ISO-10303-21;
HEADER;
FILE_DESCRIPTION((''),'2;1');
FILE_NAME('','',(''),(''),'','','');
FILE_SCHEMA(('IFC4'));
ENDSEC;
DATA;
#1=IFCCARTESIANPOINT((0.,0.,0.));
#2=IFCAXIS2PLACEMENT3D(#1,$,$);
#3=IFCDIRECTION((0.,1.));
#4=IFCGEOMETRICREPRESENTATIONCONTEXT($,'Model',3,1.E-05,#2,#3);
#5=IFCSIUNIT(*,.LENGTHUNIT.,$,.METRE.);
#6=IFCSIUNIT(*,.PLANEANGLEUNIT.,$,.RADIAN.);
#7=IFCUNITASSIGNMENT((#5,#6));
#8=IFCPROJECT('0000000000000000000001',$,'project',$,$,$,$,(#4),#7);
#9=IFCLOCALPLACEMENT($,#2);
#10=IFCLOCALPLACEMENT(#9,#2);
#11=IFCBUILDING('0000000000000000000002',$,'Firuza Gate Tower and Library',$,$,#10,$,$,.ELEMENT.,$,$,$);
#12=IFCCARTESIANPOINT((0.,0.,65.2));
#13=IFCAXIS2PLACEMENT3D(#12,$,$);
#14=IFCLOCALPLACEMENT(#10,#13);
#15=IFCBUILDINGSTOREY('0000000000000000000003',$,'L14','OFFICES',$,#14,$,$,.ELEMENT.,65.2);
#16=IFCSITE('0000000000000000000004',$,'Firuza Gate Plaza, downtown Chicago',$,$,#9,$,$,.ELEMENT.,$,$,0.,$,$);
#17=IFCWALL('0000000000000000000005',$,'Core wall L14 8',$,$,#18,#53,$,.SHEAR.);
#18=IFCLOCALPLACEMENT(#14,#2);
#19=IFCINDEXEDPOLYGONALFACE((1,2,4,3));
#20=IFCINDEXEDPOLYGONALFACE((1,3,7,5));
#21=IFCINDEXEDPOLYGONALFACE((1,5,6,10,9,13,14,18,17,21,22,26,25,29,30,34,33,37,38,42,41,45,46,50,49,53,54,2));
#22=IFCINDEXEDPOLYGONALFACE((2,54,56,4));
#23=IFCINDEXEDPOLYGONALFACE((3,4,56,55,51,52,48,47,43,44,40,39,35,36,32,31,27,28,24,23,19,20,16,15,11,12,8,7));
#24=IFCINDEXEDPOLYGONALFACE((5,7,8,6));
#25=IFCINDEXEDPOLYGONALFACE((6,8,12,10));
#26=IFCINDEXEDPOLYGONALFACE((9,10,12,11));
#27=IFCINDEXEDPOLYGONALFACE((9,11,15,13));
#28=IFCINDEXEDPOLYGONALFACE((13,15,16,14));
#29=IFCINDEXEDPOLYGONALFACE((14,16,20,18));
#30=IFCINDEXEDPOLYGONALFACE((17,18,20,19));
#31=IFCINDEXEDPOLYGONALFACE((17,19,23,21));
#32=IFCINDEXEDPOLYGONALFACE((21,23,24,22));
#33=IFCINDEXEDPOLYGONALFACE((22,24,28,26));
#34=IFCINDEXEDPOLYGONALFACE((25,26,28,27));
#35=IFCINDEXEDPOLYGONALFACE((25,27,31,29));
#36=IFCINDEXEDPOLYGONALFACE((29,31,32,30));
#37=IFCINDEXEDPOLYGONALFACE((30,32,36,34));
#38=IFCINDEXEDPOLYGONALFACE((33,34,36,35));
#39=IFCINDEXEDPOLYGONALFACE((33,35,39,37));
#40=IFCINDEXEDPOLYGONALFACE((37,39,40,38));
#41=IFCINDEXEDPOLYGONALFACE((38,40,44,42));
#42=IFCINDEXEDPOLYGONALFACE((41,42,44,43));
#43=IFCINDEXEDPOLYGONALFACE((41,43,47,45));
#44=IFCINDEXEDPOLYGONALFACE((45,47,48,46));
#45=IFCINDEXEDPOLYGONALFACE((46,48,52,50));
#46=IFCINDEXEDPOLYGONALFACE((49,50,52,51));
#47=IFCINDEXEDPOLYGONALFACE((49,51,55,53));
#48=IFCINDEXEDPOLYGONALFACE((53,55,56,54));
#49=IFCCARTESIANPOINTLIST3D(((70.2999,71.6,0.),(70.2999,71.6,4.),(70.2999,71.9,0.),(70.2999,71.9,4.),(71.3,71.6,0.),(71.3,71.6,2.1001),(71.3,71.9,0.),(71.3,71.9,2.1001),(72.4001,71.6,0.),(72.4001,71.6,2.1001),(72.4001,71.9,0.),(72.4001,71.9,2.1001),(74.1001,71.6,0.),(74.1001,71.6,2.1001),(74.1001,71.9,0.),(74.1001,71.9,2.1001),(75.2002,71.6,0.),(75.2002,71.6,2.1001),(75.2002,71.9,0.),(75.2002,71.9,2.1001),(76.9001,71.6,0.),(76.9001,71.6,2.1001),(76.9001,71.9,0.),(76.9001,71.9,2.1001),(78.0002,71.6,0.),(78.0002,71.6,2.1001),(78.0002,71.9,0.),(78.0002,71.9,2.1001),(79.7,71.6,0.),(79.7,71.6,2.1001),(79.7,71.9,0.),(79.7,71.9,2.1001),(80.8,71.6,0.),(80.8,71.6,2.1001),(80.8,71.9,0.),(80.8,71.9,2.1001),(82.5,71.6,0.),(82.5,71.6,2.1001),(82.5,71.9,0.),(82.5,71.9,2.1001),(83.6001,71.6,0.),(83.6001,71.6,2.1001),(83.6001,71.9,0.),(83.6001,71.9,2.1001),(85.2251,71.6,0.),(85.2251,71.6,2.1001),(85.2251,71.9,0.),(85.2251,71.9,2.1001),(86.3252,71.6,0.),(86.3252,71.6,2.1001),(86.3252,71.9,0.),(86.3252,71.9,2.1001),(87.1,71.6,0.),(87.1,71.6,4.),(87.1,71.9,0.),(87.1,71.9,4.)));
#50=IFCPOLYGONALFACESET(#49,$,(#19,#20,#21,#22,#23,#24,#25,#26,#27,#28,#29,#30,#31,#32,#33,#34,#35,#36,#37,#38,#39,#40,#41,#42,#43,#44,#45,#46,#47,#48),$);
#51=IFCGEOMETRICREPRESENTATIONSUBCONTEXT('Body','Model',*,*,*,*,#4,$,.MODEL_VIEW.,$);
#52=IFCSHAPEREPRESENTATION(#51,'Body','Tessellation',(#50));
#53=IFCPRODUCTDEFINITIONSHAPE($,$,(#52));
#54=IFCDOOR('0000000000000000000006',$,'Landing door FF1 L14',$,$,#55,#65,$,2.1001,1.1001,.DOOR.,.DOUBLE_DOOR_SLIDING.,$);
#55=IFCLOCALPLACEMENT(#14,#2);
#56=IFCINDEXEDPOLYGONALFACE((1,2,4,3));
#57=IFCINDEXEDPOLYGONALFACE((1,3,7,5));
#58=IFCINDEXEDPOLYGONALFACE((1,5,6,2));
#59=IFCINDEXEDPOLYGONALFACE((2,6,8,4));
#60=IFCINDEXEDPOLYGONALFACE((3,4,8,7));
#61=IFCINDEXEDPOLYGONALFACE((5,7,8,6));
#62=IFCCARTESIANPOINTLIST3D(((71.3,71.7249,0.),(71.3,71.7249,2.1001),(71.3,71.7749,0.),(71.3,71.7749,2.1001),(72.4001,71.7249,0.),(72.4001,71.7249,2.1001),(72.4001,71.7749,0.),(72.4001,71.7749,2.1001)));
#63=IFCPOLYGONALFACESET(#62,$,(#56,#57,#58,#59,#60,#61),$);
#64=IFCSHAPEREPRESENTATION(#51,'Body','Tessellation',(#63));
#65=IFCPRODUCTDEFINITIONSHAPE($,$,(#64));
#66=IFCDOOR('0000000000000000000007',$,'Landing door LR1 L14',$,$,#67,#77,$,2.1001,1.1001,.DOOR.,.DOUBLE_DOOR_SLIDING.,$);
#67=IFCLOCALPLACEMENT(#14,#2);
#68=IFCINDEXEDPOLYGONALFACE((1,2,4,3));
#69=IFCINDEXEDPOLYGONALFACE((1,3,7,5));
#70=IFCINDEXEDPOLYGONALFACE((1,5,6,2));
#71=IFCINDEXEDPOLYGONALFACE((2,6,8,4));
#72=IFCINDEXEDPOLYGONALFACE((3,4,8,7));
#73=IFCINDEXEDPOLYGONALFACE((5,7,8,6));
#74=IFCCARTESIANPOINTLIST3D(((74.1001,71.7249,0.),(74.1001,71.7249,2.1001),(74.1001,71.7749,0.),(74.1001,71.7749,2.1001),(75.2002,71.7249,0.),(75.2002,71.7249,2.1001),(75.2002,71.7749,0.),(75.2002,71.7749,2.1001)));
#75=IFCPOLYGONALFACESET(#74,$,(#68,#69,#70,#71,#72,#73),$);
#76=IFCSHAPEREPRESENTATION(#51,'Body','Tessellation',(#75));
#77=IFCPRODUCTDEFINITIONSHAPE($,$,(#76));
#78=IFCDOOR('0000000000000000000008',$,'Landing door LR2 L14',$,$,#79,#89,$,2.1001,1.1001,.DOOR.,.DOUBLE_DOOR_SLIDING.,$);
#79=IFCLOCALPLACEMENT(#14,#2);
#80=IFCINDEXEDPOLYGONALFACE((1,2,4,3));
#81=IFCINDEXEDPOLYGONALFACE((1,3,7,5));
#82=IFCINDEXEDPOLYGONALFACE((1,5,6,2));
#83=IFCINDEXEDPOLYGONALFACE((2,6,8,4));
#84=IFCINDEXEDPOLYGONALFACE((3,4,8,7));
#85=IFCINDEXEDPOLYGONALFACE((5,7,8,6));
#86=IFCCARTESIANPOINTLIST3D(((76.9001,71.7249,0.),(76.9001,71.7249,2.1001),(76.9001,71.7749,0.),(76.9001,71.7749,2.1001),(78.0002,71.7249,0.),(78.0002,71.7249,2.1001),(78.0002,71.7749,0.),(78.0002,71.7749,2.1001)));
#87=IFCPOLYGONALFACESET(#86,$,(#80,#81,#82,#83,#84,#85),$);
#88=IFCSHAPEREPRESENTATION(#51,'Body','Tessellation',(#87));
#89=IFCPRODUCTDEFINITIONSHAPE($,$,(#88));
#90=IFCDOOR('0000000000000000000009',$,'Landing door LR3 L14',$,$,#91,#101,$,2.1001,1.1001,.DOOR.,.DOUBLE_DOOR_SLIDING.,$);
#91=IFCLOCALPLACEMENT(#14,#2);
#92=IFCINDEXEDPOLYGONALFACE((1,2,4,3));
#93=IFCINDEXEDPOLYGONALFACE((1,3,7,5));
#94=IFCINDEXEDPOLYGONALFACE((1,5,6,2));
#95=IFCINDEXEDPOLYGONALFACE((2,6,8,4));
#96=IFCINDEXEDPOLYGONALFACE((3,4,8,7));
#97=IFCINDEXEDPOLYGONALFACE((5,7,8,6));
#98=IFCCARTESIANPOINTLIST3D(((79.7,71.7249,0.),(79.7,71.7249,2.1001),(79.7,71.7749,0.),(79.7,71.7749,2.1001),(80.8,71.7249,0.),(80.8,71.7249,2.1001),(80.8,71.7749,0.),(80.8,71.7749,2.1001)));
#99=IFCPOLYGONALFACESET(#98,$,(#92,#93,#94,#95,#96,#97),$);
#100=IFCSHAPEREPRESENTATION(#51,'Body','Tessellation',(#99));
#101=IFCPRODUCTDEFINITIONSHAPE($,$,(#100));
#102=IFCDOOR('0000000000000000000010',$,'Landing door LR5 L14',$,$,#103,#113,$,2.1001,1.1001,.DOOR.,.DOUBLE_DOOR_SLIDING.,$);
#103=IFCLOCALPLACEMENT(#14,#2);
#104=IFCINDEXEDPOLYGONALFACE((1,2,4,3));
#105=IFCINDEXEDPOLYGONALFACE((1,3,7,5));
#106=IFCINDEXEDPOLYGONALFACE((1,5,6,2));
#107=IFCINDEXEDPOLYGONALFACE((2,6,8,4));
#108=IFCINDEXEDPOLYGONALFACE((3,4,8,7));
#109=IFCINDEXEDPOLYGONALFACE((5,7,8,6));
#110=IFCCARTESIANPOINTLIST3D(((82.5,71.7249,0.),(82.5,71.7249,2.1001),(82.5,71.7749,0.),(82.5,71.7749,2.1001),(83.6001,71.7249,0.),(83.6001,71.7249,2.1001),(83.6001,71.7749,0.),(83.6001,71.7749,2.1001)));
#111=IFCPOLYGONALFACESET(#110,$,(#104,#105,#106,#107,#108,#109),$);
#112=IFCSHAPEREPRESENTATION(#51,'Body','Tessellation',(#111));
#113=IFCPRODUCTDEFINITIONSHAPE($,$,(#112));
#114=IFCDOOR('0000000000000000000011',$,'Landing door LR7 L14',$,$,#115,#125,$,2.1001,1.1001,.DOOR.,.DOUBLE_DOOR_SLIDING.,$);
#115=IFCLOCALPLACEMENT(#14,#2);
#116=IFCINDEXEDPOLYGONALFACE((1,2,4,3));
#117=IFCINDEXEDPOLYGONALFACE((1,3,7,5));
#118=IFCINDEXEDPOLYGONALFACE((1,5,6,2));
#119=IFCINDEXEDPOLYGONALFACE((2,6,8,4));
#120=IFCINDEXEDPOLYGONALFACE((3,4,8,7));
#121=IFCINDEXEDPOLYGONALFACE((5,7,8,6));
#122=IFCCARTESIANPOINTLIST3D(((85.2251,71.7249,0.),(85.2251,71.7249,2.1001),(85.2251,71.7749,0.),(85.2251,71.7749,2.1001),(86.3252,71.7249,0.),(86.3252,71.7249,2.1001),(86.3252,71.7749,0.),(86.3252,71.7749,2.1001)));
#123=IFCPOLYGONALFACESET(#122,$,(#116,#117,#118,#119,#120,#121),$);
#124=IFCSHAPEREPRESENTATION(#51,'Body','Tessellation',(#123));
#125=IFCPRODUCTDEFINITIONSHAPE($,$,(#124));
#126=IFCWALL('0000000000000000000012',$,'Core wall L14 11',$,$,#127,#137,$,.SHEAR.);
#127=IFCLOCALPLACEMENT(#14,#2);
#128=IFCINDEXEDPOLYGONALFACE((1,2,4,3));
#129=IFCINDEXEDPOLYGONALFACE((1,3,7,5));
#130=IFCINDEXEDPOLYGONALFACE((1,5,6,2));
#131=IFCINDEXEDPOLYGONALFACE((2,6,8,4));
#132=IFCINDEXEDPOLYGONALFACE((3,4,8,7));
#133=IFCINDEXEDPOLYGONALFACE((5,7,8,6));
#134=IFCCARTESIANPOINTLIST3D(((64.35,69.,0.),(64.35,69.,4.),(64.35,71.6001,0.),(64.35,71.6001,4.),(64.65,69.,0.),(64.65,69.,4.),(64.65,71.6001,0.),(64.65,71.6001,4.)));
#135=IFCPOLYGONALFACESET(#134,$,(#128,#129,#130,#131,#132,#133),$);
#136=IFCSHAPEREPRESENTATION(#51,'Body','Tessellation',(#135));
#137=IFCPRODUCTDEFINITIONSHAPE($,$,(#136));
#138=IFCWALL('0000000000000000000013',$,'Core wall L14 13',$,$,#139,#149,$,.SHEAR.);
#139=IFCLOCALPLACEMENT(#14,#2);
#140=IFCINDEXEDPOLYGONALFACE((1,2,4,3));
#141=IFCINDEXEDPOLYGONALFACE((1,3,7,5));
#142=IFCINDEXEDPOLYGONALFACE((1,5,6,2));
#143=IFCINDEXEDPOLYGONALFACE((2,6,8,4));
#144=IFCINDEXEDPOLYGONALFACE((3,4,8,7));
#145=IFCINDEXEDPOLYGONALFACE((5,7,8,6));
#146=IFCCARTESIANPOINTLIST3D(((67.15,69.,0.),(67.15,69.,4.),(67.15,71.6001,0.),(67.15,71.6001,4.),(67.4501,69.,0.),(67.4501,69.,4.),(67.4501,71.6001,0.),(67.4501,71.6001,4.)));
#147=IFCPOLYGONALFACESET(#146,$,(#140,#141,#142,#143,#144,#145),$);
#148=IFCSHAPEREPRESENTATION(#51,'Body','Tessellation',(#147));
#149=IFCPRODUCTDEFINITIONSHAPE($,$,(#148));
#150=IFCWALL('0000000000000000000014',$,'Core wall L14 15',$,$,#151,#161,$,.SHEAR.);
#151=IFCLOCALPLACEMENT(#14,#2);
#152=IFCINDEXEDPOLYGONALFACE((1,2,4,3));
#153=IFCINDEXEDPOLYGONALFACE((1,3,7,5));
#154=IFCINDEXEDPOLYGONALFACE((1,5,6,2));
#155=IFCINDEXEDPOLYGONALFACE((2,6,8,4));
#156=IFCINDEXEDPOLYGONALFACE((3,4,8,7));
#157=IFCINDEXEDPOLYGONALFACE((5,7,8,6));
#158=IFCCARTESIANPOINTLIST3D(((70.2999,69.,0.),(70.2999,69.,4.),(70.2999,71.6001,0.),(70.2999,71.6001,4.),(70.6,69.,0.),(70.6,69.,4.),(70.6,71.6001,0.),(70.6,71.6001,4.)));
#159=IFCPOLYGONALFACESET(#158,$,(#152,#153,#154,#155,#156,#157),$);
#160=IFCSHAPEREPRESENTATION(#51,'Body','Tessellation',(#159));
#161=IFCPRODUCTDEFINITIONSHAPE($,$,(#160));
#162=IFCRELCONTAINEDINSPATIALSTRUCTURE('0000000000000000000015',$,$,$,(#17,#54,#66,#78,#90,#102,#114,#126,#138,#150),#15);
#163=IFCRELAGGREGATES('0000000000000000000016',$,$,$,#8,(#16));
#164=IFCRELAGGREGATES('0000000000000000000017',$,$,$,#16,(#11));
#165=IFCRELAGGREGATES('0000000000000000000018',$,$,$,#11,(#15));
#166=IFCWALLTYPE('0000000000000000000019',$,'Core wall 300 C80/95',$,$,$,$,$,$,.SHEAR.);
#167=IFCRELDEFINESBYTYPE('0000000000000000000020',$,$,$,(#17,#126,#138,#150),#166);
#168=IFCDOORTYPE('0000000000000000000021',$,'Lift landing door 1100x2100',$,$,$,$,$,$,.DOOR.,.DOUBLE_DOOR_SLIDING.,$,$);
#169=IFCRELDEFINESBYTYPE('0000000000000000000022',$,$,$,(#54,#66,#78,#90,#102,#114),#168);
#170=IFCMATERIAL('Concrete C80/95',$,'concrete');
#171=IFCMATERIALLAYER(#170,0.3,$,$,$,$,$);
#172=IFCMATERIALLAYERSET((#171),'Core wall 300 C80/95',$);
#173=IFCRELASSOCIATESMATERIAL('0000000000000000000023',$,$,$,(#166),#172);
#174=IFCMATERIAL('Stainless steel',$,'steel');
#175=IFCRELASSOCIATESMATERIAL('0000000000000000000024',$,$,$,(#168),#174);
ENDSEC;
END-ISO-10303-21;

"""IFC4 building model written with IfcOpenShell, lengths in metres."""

from ifc_helpers import new_model, si_unit, direction, frame, frame_2d, origin, place, context, subcontext, project, spatial, rectangle, extrude, material, layer, layer_set, type_object, element, fill, save


model = new_model("IFC4")

# Units and contexts
model_context = context("Model", 3, precision=1e-05, world=origin(), true_north=direction((0.0, 1.0)))
body_context = subcontext(model_context, "Body", "Model", "MODEL_VIEW")
ifc_project = project(units=[si_unit("LENGTHUNIT", "METRE"), si_unit("PLANEANGLEUNIT", "RADIAN")], contexts=[model_context])

# Site, building, storey
site_placement = place(None, origin())
site = spatial("IfcSite", under=ifc_project, at=site_placement, Name="Firuza Gate Plaza, downtown Chicago", CompositionType="ELEMENT", RefElevation=0.0)
building_placement = place(site_placement, origin())
building = spatial("IfcBuilding", under=site, at=building_placement, Name="Firuza Gate Tower and Library", CompositionType="ELEMENT")
storey_placement = place(building_placement, frame((0.0, 0.0, 65.2)))
storey = spatial("IfcBuildingStorey", under=building, at=storey_placement, Name="L14", Description="OFFICES", CompositionType="ELEMENT", Elevation=65.2)

# Shared definitions
ifc_material_1 = material(Name="Concrete C80/95", Category="concrete")
ifc_layer_1 = layer(ifc_material_1, 0.3)
ifc_layer_set_1 = layer_set([ifc_layer_1], Name="Core wall 300 C80/95")
wall_type_1 = type_object("IfcWallType", Name="Core wall 300 C80/95", PredefinedType="SHEAR", material=ifc_layer_set_1)

# Wall, openings, doors
wall_1_placement = place(storey_placement, frame((70.3, 71.75, 0.0), z_axis=(0.0, 0.0, 1.0), x_axis=(1.0, 0.0, 0.0)))
wall_1 = element("IfcWall", 1, at=wall_1_placement, inside=storey, type_object=wall_type_1, Name="Core wall L14 8", PredefinedType="SHEAR", context=body_context, shape_type="SweptSolid", body=[
    extrude(rectangle(XDim=16.8, YDim=0.3, at=frame_2d((8.3999, 0.0))), origin(), (0.0, 0.0, 1.0), 4.0),
])
opening_1_placement = place(wall_1_placement, frame((1.0, 0.0, 0.0)))
opening_1 = element("IfcOpeningElement", 2, at=opening_1_placement, cuts=wall_1, PredefinedType="OPENING", context=body_context, shape_type="SweptSolid", body=[
    extrude(rectangle(XDim=1.1001, YDim=2.1001, at=frame_2d((0.55, 1.05))), frame((0.0, 0.1602, 0.0), z_axis=(0.0, -1.0, 0.0), x_axis=(1.0, 0.0, 0.0)), (0.0, 0.0, 1.0), 0.3201),
])
opening_2_placement = place(wall_1_placement, frame((3.8, 0.0, 0.0)))
opening_2 = element("IfcOpeningElement", 3, at=opening_2_placement, cuts=wall_1, PredefinedType="OPENING", context=body_context, shape_type="SweptSolid", body=[
    extrude(rectangle(XDim=1.1001, YDim=2.1001, at=frame_2d((0.55, 1.05))), frame((0.0, 0.1602, 0.0), z_axis=(0.0, -1.0, 0.0), x_axis=(1.0, 0.0, 0.0)), (0.0, 0.0, 1.0), 0.3201),
])
opening_3_placement = place(wall_1_placement, frame((6.6001, 0.0, 0.0)))
opening_3 = element("IfcOpeningElement", 4, at=opening_3_placement, cuts=wall_1, PredefinedType="OPENING", context=body_context, shape_type="SweptSolid", body=[
    extrude(rectangle(XDim=1.1001, YDim=2.1001, at=frame_2d((0.55, 1.05))), frame((0.0, 0.1602, 0.0), z_axis=(0.0, -1.0, 0.0), x_axis=(1.0, 0.0, 0.0)), (0.0, 0.0, 1.0), 0.3201),
])
opening_4_placement = place(wall_1_placement, frame((9.3999, 0.0, 0.0)))
opening_4 = element("IfcOpeningElement", 5, at=opening_4_placement, cuts=wall_1, PredefinedType="OPENING", context=body_context, shape_type="SweptSolid", body=[
    extrude(rectangle(XDim=1.1001, YDim=2.1001, at=frame_2d((0.55, 1.05))), frame((0.0, 0.1602, 0.0), z_axis=(0.0, -1.0, 0.0), x_axis=(1.0, 0.0, 0.0)), (0.0, 0.0, 1.0), 0.3201),
])
opening_5_placement = place(wall_1_placement, frame((12.2, 0.0, 0.0)))
opening_5 = element("IfcOpeningElement", 6, at=opening_5_placement, cuts=wall_1, PredefinedType="OPENING", context=body_context, shape_type="SweptSolid", body=[
    extrude(rectangle(XDim=1.1001, YDim=2.1001, at=frame_2d((0.55, 1.05))), frame((0.0, 0.1602, 0.0), z_axis=(0.0, -1.0, 0.0), x_axis=(1.0, 0.0, 0.0)), (0.0, 0.0, 1.0), 0.3201),
])
opening_6_placement = place(wall_1_placement, frame((14.925, 0.0, 0.0)))
opening_6 = element("IfcOpeningElement", 7, at=opening_6_placement, cuts=wall_1, PredefinedType="OPENING", context=body_context, shape_type="SweptSolid", body=[
    extrude(rectangle(XDim=1.1001, YDim=2.1001, at=frame_2d((0.55, 1.05))), frame((0.0, 0.1602, 0.0), z_axis=(0.0, -1.0, 0.0), x_axis=(1.0, 0.0, 0.0)), (0.0, 0.0, 1.0), 0.3201),
])
ifc_material_2 = material(Name="Stainless steel", Category="steel")
door_type_1 = type_object("IfcDoorType", Name="Lift landing door 1100x2100", OperationType="DOUBLE_DOOR_SLIDING", PredefinedType="DOOR", material=ifc_material_2)
door_1_placement = place(opening_1_placement, origin())
door_1 = element("IfcDoor", 8, at=door_1_placement, inside=storey, type_object=door_type_1, Name="Landing door FF1 L14", OperationType="DOUBLE_DOOR_SLIDING", OverallHeight=2.1001, OverallWidth=1.1001, PredefinedType="DOOR", context=body_context, shape_type="SweptSolid", body=[
    extrude(rectangle(XDim=1.1001, YDim=2.1001, at=frame_2d((0.55, 1.05))), frame((0.0, 0.0249, 0.0), z_axis=(0.0, -1.0, 0.0), x_axis=(1.0, 0.0, 0.0)), (0.0, 0.0, 1.0), 0.05),
])
fill(opening_1, door_1)
door_2_placement = place(opening_2_placement, origin())
door_2 = element("IfcDoor", 9, at=door_2_placement, inside=storey, type_object=door_type_1, Name="Landing door LR1 L14", OperationType="DOUBLE_DOOR_SLIDING", OverallHeight=2.1001, OverallWidth=1.1001, PredefinedType="DOOR", context=body_context, shape_type="SweptSolid", body=[
    extrude(rectangle(XDim=1.1001, YDim=2.1001, at=frame_2d((0.55, 1.05))), frame((0.0, 0.0249, 0.0), z_axis=(0.0, -1.0, 0.0), x_axis=(1.0, 0.0, 0.0)), (0.0, 0.0, 1.0), 0.05),
])
fill(opening_2, door_2)
door_3_placement = place(opening_3_placement, origin())
door_3 = element("IfcDoor", 10, at=door_3_placement, inside=storey, type_object=door_type_1, Name="Landing door LR2 L14", OperationType="DOUBLE_DOOR_SLIDING", OverallHeight=2.1001, OverallWidth=1.1001, PredefinedType="DOOR", context=body_context, shape_type="SweptSolid", body=[
    extrude(rectangle(XDim=1.1001, YDim=2.1001, at=frame_2d((0.55, 1.05))), frame((0.0, 0.0249, 0.0), z_axis=(0.0, -1.0, 0.0), x_axis=(1.0, 0.0, 0.0)), (0.0, 0.0, 1.0), 0.05),
])
fill(opening_3, door_3)
door_4_placement = place(opening_4_placement, origin())
door_4 = element("IfcDoor", 11, at=door_4_placement, inside=storey, type_object=door_type_1, Name="Landing door LR3 L14", OperationType="DOUBLE_DOOR_SLIDING", OverallHeight=2.1001, OverallWidth=1.1001, PredefinedType="DOOR", context=body_context, shape_type="SweptSolid", body=[
    extrude(rectangle(XDim=1.1001, YDim=2.1001, at=frame_2d((0.55, 1.05))), frame((0.0, 0.0249, 0.0), z_axis=(0.0, -1.0, 0.0), x_axis=(1.0, 0.0, 0.0)), (0.0, 0.0, 1.0), 0.05),
])
fill(opening_4, door_4)
door_5_placement = place(opening_5_placement, origin())
door_5 = element("IfcDoor", 12, at=door_5_placement, inside=storey, type_object=door_type_1, Name="Landing door LR5 L14", OperationType="DOUBLE_DOOR_SLIDING", OverallHeight=2.1001, OverallWidth=1.1001, PredefinedType="DOOR", context=body_context, shape_type="SweptSolid", body=[
    extrude(rectangle(XDim=1.1001, YDim=2.1001, at=frame_2d((0.55, 1.05))), frame((0.0, 0.0249, 0.0), z_axis=(0.0, -1.0, 0.0), x_axis=(1.0, 0.0, 0.0)), (0.0, 0.0, 1.0), 0.05),
])
fill(opening_5, door_5)
door_6_placement = place(opening_6_placement, origin())
door_6 = element("IfcDoor", 13, at=door_6_placement, inside=storey, type_object=door_type_1, Name="Landing door LR7 L14", OperationType="DOUBLE_DOOR_SLIDING", OverallHeight=2.1001, OverallWidth=1.1001, PredefinedType="DOOR", context=body_context, shape_type="SweptSolid", body=[
    extrude(rectangle(XDim=1.1001, YDim=2.1001, at=frame_2d((0.55, 1.05))), frame((0.0, 0.0249, 0.0), z_axis=(0.0, -1.0, 0.0), x_axis=(1.0, 0.0, 0.0)), (0.0, 0.0, 1.0), 0.05),
])
fill(opening_6, door_6)

# Walls
for number, where, z_axis, x_axis, name in (
    (14, (64.5, 69.0, 0.0), (0.0, 0.0, 1.0), (0.0, 1.0, 0.0), "Core wall L14 11"),
    (15, (67.3, 69.0, 0.0), (0.0, 0.0, 1.0), (0.0, 1.0, 0.0), "Core wall L14 13"),
    (16, (70.45, 69.0, 0.0), (0.0, 0.0, 1.0), (0.0, 1.0, 0.0), "Core wall L14 15"),
):
    element("IfcWall", number, at=place(storey_placement, frame(where, z_axis=z_axis, x_axis=x_axis)), inside=storey, type_object=wall_type_1, Name=name, PredefinedType="SHEAR", context=body_context, shape_type="SweptSolid", body=[
        extrude(rectangle(XDim=2.6001, YDim=0.3, at=frame_2d((1.3, 0.0))), origin(), (0.0, 0.0, 1.0), 4.0),
    ])

save(model, "model.ifc")
